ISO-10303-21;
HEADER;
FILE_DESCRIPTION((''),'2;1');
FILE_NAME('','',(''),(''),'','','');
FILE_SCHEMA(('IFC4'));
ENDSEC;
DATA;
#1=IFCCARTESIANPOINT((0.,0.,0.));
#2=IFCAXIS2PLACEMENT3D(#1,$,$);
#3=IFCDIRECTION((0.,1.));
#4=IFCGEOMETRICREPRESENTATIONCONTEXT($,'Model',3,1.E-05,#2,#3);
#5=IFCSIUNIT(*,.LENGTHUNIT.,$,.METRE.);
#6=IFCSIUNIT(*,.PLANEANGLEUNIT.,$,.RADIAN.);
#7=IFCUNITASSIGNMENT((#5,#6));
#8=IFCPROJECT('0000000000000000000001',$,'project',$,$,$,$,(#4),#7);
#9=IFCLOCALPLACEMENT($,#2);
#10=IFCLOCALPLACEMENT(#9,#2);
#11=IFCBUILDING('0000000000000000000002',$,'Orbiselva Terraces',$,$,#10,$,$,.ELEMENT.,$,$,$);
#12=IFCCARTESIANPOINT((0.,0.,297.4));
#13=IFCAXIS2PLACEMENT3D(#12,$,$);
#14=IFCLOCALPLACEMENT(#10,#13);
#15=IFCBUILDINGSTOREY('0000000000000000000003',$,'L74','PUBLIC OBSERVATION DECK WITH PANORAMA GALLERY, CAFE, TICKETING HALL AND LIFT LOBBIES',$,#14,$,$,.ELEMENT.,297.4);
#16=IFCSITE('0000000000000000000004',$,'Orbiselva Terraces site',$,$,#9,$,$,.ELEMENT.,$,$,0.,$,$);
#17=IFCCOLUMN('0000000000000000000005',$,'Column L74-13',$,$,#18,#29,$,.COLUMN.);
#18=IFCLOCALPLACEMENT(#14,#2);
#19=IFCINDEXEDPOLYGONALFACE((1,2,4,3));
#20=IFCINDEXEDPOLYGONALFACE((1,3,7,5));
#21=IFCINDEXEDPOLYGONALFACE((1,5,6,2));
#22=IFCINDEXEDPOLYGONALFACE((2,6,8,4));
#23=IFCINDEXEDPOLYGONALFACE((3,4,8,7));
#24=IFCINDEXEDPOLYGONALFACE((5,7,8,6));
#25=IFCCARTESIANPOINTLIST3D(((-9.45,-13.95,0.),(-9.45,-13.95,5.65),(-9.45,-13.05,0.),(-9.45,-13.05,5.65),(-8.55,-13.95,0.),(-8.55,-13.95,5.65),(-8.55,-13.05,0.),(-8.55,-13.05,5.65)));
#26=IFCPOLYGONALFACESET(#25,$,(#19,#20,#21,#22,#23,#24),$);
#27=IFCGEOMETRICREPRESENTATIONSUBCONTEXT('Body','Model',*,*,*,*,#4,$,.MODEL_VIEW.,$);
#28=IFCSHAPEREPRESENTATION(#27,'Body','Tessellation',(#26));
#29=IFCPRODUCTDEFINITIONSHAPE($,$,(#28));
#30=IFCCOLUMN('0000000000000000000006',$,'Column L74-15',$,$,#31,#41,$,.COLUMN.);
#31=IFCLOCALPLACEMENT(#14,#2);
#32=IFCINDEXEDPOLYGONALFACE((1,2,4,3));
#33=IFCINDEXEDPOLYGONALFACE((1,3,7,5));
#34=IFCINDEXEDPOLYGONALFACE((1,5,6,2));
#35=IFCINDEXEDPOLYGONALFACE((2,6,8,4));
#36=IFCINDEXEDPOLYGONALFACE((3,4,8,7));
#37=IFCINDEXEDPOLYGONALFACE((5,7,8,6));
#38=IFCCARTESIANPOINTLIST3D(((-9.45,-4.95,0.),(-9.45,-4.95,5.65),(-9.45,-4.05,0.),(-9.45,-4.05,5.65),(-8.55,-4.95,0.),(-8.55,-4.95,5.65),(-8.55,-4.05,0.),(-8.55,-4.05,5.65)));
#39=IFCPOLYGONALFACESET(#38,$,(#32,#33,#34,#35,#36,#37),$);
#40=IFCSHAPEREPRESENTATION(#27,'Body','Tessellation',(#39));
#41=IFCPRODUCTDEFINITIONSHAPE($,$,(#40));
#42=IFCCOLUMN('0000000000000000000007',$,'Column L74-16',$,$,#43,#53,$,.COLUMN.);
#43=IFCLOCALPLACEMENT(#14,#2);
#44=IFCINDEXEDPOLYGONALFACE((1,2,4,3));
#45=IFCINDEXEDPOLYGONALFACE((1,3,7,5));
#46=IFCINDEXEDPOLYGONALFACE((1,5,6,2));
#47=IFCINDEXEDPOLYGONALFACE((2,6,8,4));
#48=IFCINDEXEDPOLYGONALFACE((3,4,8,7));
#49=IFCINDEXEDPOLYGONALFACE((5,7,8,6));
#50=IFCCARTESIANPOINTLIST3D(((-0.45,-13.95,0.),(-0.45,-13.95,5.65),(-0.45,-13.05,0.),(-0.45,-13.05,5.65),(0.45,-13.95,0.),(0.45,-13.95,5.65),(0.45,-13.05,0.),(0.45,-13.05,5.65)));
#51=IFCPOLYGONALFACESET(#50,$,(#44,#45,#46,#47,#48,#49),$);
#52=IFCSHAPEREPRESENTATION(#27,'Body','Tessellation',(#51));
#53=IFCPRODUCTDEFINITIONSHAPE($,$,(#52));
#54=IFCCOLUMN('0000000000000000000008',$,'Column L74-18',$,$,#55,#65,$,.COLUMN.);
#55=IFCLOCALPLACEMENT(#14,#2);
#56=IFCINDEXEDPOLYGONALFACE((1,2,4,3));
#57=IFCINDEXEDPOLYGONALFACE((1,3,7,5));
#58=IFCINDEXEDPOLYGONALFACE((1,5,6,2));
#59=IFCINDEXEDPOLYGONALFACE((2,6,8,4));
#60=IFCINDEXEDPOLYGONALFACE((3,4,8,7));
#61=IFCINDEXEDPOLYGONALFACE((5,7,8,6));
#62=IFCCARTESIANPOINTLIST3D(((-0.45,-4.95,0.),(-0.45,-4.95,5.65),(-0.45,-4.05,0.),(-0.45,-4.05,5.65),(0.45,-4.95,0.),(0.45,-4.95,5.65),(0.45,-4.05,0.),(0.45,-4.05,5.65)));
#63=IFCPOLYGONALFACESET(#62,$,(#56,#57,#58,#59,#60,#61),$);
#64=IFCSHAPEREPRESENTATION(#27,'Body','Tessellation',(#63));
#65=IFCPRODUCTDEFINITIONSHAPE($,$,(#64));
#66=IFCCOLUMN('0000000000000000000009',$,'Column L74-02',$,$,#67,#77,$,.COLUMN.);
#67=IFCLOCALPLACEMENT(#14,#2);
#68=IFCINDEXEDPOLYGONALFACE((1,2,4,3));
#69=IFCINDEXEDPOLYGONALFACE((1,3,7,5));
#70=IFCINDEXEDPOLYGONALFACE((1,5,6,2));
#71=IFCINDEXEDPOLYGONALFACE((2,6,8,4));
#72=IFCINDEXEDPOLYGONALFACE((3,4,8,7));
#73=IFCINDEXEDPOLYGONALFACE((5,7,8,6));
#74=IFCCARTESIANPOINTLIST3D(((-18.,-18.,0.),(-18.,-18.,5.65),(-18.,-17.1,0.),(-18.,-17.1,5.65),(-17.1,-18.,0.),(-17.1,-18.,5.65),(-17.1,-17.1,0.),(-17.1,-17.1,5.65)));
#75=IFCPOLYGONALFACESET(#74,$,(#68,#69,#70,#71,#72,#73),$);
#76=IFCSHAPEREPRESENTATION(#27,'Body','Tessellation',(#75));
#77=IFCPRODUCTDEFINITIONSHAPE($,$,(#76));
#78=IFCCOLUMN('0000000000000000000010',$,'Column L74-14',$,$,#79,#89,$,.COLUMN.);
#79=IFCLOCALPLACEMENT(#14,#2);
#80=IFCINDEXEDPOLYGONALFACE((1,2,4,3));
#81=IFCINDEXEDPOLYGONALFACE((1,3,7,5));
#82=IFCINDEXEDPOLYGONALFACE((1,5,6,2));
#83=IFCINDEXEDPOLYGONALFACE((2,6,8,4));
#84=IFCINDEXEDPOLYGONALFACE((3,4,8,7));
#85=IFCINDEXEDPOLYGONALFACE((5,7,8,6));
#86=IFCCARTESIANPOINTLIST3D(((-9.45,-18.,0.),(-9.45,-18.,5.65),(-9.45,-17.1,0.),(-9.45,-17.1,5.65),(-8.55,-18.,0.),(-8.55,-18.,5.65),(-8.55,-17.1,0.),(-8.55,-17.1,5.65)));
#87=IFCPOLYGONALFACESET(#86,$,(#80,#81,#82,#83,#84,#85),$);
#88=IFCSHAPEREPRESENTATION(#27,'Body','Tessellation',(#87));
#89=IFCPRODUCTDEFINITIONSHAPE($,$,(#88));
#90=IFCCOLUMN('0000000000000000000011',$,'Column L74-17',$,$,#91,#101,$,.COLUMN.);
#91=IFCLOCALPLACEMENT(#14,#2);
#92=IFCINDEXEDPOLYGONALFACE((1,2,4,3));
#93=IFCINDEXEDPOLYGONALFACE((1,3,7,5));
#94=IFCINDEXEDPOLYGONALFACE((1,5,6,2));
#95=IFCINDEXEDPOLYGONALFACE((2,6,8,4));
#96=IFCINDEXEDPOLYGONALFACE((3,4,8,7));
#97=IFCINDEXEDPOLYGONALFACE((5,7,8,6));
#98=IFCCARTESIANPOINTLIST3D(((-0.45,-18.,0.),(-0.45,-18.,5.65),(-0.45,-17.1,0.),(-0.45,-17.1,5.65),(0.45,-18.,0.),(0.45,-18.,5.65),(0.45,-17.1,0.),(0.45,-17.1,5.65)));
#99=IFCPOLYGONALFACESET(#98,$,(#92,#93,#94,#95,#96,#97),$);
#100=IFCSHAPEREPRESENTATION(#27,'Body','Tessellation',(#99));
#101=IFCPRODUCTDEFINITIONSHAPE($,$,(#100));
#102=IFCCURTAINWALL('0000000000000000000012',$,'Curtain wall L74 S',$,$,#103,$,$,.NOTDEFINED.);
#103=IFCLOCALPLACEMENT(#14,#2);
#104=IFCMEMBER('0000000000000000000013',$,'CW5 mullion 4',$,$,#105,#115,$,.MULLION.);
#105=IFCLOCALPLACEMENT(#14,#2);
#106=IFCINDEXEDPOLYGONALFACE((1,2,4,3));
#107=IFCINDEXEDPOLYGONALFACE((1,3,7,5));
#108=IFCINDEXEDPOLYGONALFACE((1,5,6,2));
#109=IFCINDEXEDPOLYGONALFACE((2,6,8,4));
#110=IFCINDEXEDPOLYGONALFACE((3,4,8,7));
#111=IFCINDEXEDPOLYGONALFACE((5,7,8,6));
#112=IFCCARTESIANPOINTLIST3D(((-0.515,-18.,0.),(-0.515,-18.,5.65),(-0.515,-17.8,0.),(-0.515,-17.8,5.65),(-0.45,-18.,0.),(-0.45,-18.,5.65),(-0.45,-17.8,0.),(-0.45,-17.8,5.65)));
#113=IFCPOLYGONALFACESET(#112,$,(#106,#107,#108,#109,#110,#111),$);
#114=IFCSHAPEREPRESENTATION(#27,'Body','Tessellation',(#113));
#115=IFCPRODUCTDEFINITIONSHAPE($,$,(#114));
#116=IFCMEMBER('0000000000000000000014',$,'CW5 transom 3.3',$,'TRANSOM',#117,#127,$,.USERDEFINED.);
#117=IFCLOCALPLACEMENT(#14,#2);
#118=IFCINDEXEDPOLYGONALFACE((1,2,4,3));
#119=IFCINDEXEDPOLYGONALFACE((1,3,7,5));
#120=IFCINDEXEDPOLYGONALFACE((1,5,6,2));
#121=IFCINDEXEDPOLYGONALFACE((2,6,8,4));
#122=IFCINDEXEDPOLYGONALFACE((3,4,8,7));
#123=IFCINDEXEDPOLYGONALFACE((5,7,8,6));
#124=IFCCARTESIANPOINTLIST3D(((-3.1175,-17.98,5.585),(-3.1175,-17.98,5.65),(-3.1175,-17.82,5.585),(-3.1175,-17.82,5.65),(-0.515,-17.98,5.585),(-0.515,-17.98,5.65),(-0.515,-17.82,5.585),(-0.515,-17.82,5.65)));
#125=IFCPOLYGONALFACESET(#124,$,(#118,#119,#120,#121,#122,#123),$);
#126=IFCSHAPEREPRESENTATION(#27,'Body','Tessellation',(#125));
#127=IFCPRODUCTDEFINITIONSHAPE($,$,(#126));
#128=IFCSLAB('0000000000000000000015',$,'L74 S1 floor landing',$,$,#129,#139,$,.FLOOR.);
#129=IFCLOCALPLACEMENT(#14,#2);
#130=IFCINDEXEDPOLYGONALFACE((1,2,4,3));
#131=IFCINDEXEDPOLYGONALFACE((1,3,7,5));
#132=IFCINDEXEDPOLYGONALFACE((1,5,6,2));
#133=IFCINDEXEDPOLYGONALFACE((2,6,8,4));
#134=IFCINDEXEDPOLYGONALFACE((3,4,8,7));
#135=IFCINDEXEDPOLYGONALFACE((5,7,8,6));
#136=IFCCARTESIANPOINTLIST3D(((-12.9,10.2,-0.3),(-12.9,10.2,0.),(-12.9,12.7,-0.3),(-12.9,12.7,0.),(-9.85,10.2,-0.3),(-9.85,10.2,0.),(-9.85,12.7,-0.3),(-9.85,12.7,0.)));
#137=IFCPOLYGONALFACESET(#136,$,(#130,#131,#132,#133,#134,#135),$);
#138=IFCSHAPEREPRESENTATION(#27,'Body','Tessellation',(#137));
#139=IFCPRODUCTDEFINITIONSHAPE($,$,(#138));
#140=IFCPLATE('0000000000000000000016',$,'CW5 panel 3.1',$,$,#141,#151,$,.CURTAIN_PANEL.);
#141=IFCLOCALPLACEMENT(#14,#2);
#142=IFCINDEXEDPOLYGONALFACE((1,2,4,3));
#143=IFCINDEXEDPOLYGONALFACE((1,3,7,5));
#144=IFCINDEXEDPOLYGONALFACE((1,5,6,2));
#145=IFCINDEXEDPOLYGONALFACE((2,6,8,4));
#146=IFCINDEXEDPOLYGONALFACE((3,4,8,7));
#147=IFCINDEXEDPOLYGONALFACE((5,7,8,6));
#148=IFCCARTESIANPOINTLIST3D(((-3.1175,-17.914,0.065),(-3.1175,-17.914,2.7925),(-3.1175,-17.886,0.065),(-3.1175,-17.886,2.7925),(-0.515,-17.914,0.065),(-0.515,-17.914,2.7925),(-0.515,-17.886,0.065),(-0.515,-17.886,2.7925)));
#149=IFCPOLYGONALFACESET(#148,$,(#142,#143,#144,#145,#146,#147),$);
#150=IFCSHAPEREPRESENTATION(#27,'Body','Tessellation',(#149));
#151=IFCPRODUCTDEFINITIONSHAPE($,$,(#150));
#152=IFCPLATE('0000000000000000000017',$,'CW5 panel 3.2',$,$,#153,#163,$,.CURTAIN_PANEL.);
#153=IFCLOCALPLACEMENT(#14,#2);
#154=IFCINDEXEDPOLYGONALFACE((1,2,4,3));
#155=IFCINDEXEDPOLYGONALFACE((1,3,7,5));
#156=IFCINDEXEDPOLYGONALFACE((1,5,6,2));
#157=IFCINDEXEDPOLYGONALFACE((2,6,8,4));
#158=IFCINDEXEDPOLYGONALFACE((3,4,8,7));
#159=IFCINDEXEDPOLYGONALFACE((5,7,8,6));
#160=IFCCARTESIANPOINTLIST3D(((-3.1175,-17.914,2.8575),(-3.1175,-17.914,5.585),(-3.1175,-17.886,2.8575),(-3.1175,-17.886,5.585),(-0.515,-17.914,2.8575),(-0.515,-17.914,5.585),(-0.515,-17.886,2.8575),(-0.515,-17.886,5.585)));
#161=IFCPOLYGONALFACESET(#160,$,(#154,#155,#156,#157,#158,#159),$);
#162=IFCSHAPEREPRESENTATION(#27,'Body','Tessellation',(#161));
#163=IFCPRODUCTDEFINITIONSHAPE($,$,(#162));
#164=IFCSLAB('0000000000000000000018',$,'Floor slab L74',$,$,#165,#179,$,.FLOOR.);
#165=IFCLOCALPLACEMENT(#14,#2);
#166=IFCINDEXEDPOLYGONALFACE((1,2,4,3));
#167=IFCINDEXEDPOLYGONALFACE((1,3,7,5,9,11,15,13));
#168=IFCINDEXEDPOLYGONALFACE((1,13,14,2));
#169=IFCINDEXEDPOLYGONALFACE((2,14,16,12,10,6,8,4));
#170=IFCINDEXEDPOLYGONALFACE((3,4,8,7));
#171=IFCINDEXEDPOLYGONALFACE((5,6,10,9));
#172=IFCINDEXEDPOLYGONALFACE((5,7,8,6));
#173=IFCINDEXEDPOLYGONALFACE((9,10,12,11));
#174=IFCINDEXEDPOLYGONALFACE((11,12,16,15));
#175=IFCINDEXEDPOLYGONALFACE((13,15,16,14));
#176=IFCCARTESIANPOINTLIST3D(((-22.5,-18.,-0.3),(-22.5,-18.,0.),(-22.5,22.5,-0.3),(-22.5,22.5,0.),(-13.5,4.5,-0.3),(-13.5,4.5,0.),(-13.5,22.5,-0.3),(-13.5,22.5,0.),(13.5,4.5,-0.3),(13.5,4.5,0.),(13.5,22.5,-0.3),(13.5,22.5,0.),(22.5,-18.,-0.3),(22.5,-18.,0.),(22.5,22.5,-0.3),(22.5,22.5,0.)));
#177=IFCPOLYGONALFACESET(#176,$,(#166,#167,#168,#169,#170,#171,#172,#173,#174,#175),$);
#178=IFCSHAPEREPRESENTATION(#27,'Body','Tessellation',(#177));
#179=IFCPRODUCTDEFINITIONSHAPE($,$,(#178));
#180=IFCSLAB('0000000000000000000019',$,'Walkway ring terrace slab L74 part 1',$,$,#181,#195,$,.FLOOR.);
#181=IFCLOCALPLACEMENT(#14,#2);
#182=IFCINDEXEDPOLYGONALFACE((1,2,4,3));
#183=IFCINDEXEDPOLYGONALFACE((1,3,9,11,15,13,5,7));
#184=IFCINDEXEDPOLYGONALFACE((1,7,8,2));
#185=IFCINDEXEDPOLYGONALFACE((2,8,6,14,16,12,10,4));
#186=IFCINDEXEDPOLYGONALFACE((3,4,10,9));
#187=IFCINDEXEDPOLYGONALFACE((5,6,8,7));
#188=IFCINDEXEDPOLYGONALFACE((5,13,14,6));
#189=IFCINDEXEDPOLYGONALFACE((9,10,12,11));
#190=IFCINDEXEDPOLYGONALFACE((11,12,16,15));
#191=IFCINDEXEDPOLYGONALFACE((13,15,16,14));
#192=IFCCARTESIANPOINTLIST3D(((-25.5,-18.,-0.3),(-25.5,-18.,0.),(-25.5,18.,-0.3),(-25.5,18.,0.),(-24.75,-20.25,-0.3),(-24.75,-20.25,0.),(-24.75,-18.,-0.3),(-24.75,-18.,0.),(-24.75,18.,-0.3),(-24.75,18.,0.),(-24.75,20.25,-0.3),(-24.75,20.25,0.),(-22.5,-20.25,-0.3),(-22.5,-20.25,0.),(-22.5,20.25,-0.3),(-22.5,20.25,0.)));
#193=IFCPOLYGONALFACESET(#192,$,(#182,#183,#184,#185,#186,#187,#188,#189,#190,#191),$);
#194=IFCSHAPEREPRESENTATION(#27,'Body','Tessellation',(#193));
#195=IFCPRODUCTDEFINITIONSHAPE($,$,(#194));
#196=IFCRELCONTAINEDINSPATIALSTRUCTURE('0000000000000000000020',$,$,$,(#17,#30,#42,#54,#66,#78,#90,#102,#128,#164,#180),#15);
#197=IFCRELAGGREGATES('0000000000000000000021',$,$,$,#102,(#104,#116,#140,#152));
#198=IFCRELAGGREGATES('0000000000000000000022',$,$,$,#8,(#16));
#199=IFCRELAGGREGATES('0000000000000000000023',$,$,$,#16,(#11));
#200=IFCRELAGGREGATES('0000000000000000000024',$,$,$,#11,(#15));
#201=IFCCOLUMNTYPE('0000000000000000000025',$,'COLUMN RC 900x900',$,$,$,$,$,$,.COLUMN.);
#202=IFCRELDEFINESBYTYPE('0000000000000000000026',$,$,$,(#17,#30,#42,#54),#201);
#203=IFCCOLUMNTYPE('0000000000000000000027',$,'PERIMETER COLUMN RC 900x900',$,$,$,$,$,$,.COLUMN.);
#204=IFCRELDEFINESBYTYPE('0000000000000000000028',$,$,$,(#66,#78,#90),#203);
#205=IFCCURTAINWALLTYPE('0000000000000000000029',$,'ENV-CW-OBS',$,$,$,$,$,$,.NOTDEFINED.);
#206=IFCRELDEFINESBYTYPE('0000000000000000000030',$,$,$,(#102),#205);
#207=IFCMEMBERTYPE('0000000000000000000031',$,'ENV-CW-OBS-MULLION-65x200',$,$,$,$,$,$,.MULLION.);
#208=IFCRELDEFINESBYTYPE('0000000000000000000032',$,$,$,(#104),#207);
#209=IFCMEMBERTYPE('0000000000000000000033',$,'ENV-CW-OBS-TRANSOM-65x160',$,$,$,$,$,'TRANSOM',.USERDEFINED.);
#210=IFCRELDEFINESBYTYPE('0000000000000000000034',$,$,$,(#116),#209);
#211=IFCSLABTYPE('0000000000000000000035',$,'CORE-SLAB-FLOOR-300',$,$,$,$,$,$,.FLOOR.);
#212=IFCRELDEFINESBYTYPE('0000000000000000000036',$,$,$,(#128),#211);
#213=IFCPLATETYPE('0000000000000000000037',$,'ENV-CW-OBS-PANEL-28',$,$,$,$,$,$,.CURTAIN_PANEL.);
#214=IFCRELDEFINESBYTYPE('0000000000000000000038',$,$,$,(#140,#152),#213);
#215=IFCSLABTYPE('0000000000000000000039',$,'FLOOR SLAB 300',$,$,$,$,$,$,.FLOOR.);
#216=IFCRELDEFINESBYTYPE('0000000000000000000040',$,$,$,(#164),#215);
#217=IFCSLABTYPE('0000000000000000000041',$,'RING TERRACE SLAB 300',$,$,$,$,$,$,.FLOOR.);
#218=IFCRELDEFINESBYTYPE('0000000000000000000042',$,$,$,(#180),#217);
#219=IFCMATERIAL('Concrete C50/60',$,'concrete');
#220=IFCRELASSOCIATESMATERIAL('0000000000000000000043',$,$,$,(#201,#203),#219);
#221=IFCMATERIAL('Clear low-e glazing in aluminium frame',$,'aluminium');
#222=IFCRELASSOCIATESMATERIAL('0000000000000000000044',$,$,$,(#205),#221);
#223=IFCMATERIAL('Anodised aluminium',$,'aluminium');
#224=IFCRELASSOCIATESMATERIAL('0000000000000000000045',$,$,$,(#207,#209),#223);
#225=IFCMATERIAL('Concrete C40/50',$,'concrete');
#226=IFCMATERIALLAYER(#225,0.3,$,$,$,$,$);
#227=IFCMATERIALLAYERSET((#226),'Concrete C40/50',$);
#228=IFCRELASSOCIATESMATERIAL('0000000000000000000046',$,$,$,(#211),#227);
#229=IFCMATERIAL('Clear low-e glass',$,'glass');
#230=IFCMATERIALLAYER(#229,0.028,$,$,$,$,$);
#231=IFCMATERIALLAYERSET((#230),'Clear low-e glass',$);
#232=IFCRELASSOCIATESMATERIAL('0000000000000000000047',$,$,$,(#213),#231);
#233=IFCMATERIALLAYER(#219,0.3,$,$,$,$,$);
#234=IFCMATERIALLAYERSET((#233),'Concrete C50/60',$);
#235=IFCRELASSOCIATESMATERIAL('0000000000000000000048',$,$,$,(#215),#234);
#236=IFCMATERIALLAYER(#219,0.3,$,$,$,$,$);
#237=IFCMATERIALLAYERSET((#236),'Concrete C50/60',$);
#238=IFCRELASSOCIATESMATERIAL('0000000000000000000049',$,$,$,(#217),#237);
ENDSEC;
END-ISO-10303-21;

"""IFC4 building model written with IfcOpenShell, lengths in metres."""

from ifc_helpers import new_model, si_unit, direction, frame, origin, origin_2d, place, context, subcontext, project, spatial, polyline, rectangle, outline, extrude, material, layer, layer_set, material_profile, profile_set, type_object, element, aggregate, save


model = new_model("IFC4")

# Units and contexts
model_context = context("Model", 3, precision=1e-05, world=origin(), true_north=direction((0.0, 1.0)))
body_context = subcontext(model_context, "Body", "Model", "MODEL_VIEW")
ifc_project = project(units=[si_unit("LENGTHUNIT", "METRE"), si_unit("PLANEANGLEUNIT", "RADIAN")], contexts=[model_context])

# Site, building, storey
site_placement = place(None, origin())
site = spatial("IfcSite", under=ifc_project, at=site_placement, Name="Orbiselva Terraces site", CompositionType="ELEMENT", RefElevation=0.0)
building_placement = place(site_placement, origin())
building = spatial("IfcBuilding", under=site, at=building_placement, Name="Orbiselva Terraces", CompositionType="ELEMENT")
storey_placement = place(building_placement, frame((0.0, 0.0, 297.4)))
storey = spatial("IfcBuildingStorey", under=building, at=storey_placement, Name="L74", Description="PUBLIC OBSERVATION DECK WITH PANORAMA GALLERY, CAFE, TICKETING HALL AND LIFT LOBBIES", CompositionType="ELEMENT", Elevation=297.4)

# Columns
ifc_material_1 = material(Name="Concrete C50/60", Category="concrete")
ifc_material_profile_1 = material_profile(ifc_material_1, rectangle(XDim=0.9, YDim=0.9, at=origin_2d()), Name="RC 900x900")
ifc_profile_set_1 = profile_set([ifc_material_profile_1], Name="Concrete C50/60")
column_type_1 = type_object("IfcColumnType", Name="COLUMN RC 900x900", PredefinedType="COLUMN", material=ifc_profile_set_1)
for number, where, z_axis, x_axis, name in (
    (1, (-9.0, -13.5, 0.0), (0.0, 0.0, 1.0), (1.0, 0.0, 0.0), "Column L74-13"),
    (2, (-9.0, -4.5, 0.0), (0.0, 0.0, 1.0), (1.0, 0.0, 0.0), "Column L74-15"),
    (3, (0.0, -13.5, 0.0), (0.0, 0.0, 1.0), (1.0, 0.0, 0.0), "Column L74-16"),
    (4, (0.0, -4.5, 0.0), (0.0, 0.0, 1.0), (1.0, 0.0, 0.0), "Column L74-18"),
):
    element("IfcColumn", number, at=place(storey_placement, frame(where, z_axis=z_axis, x_axis=x_axis)), inside=storey, type_object=column_type_1, Name=name, PredefinedType="COLUMN", context=body_context, shape_type="SweptSolid", body=[
        extrude(rectangle(XDim=0.9, YDim=0.9, at=origin_2d()), origin(), (0.0, 0.0, 1.0), 5.65),
    ])
ifc_material_profile_2 = material_profile(ifc_material_1, rectangle(XDim=0.9, YDim=0.9, at=origin_2d()), Name="RC 900x900")
ifc_profile_set_2 = profile_set([ifc_material_profile_2], Name="Concrete C50/60")
column_type_2 = type_object("IfcColumnType", Name="PERIMETER COLUMN RC 900x900", PredefinedType="COLUMN", material=ifc_profile_set_2)
for number, where, z_axis, x_axis, name in (
    (5, (-17.55, -17.55, 0.0), (0.0, 0.0, 1.0), (1.0, 0.0, 0.0), "Column L74-02"),
    (6, (-9.0, -17.55, 0.0), (0.0, 0.0, 1.0), (1.0, 0.0, 0.0), "Column L74-14"),
    (7, (0.0, -17.55, 0.0), (0.0, 0.0, 1.0), (1.0, 0.0, 0.0), "Column L74-17"),
):
    element("IfcColumn", number, at=place(storey_placement, frame(where, z_axis=z_axis, x_axis=x_axis)), inside=storey, type_object=column_type_2, Name=name, PredefinedType="COLUMN", context=body_context, shape_type="SweptSolid", body=[
        extrude(rectangle(XDim=0.9, YDim=0.9, at=origin_2d()), origin(), (0.0, 0.0, 1.0), 5.65),
    ])

# Curtain wall, members
ifc_material_2 = material(Name="Clear low-e glazing in aluminium frame", Category="aluminium")
curtain_wall_type = type_object("IfcCurtainWallType", Name="ENV-CW-OBS", PredefinedType="NOTDEFINED", material=ifc_material_2)
curtain_wall_placement = place(storey_placement, origin())
curtain_wall = element("IfcCurtainWall", 8, at=curtain_wall_placement, inside=storey, type_object=curtain_wall_type, Name="Curtain wall L74 S", PredefinedType="NOTDEFINED")
ifc_material_3 = material(Name="Anodised aluminium", Category="aluminium")
ifc_material_profile_3 = material_profile(ifc_material_3, rectangle(XDim=0.2, YDim=0.065, at=origin_2d()), Name="AL 65x200")
ifc_profile_set_3 = profile_set([ifc_material_profile_3], Name="Anodised aluminium")
member_type_1 = type_object("IfcMemberType", Name="ENV-CW-OBS-MULLION-65x200", PredefinedType="MULLION", material=ifc_profile_set_3)
member_1_placement = place(storey_placement, frame((-0.4825, -17.9, 0.0), z_axis=(0.0, 0.0, 1.0), x_axis=(0.0, 1.0, 0.0)))
member_1 = element("IfcMember", 9, at=member_1_placement, type_object=member_type_1, Name="CW5 mullion 4", PredefinedType="MULLION", context=body_context, shape_type="SweptSolid", body=[
    extrude(rectangle(XDim=0.2, YDim=0.065, at=origin_2d()), origin(), (0.0, 0.0, 1.0), 5.65),
])
ifc_material_profile_4 = material_profile(ifc_material_3, rectangle(XDim=0.16, YDim=0.065, at=origin_2d()), Name="AL 65x160")
ifc_profile_set_4 = profile_set([ifc_material_profile_4], Name="Anodised aluminium")
member_type_2 = type_object("IfcMemberType", Name="ENV-CW-OBS-TRANSOM-65x160", ElementType="TRANSOM", PredefinedType="USERDEFINED", material=ifc_profile_set_4)
member_2_placement = place(storey_placement, frame((-3.1175, -17.9, 5.6175), z_axis=(1.0, 0.0, 0.0), x_axis=(0.0, 1.0, 0.0)))
member_2 = element("IfcMember", 10, at=member_2_placement, type_object=member_type_2, Name="CW5 transom 3.3", ObjectType="TRANSOM", PredefinedType="USERDEFINED", context=body_context, shape_type="SweptSolid", body=[
    extrude(rectangle(XDim=0.16, YDim=0.065, at=origin_2d()), origin(), (0.0, 0.0, 1.0), 2.6025),
])

# Slab
ifc_material_4 = material(Name="Concrete C40/50", Category="concrete")
ifc_layer_1 = layer(ifc_material_4, 0.3)
ifc_layer_set_1 = layer_set([ifc_layer_1], Name="Concrete C40/50")
slab_type_1 = type_object("IfcSlabType", Name="CORE-SLAB-FLOOR-300", PredefinedType="FLOOR", material=ifc_layer_set_1)
slab_1_placement = place(storey_placement, frame((0.0, 0.0, -0.3)))
element("IfcSlab", 11, at=slab_1_placement, inside=storey, type_object=slab_type_1, Name="L74 S1 floor landing", PredefinedType="FLOOR", context=body_context, shape_type="SweptSolid", body=[
    extrude(outline(polyline([(-12.9, 12.7), (-9.85, 12.7), (-9.85, 10.2), (-12.9, 10.2), (-12.9, 12.7)])), origin(), (0.0, 0.0, 1.0), 0.3),
])

# Plates
ifc_material_5 = material(Name="Clear low-e glass", Category="glass")
ifc_layer_2 = layer(ifc_material_5, 0.028)
ifc_layer_set_2 = layer_set([ifc_layer_2], Name="Clear low-e glass")
plate_type = type_object("IfcPlateType", Name="ENV-CW-OBS-PANEL-28", PredefinedType="CURTAIN_PANEL", material=ifc_layer_set_2)
plate_1_placement = place(storey_placement, frame((-1.8162, -17.9, 0.065), z_axis=(0.0, 0.0, 1.0), x_axis=(1.0, 0.0, 0.0)))
plate_1 = element("IfcPlate", 12, at=plate_1_placement, type_object=plate_type, Name="CW5 panel 3.1", PredefinedType="CURTAIN_PANEL", context=body_context, shape_type="SweptSolid", body=[
    extrude(rectangle(XDim=2.6025, YDim=0.028, at=origin_2d()), origin(), (0.0, 0.0, 1.0), 2.7275),
])
plate_2_placement = place(storey_placement, frame((-1.8162, -17.9, 2.8575), z_axis=(0.0, 0.0, 1.0), x_axis=(1.0, 0.0, 0.0)))
plate_2 = element("IfcPlate", 13, at=plate_2_placement, type_object=plate_type, Name="CW5 panel 3.2", PredefinedType="CURTAIN_PANEL", context=body_context, shape_type="SweptSolid", body=[
    extrude(rectangle(XDim=2.6025, YDim=0.028, at=origin_2d()), origin(), (0.0, 0.0, 1.0), 2.7275),
])
aggregate(curtain_wall, [member_1, member_2, plate_1, plate_2])

# Slabs
ifc_layer_3 = layer(ifc_material_1, 0.3)
ifc_layer_set_3 = layer_set([ifc_layer_3], Name="Concrete C50/60")
slab_type_2 = type_object("IfcSlabType", Name="FLOOR SLAB 300", PredefinedType="FLOOR", material=ifc_layer_set_3)
slab_2_placement = place(storey_placement, frame((0.0, 0.0, -0.3)))
element("IfcSlab", 14, at=slab_2_placement, inside=storey, type_object=slab_type_2, Name="Floor slab L74", PredefinedType="FLOOR", context=body_context, shape_type="SweptSolid", body=[
    extrude(outline(polyline([(22.5, 22.5), (22.5, -18.0), (-22.5, -18.0), (-22.5, 22.5), (-13.5, 22.5), (-13.5, 4.5), (13.5, 4.5), (13.5, 22.5), (22.5, 22.5)])), origin(), (0.0, 0.0, 1.0), 0.3),
])
ifc_layer_4 = layer(ifc_material_1, 0.3)
ifc_layer_set_4 = layer_set([ifc_layer_4], Name="Concrete C50/60")
slab_type_3 = type_object("IfcSlabType", Name="RING TERRACE SLAB 300", PredefinedType="FLOOR", material=ifc_layer_set_4)
slab_3_placement = place(storey_placement, frame((0.0, 0.0, -0.3)))
element("IfcSlab", 15, at=slab_3_placement, inside=storey, type_object=slab_type_3, Name="Walkway ring terrace slab L74 part 1", PredefinedType="FLOOR", context=body_context, shape_type="SweptSolid", body=[
    extrude(outline(polyline([(-22.5, -20.25), (-22.5, 20.25), (-24.75, 20.25), (-24.75, 18.0), (-25.5, 18.0), (-25.5, -18.0), (-24.75, -18.0), (-24.75, -20.25), (-22.5, -20.25)])), origin(), (0.0, 0.0, 1.0), 0.3),
])

save(model, "model.ifc")
